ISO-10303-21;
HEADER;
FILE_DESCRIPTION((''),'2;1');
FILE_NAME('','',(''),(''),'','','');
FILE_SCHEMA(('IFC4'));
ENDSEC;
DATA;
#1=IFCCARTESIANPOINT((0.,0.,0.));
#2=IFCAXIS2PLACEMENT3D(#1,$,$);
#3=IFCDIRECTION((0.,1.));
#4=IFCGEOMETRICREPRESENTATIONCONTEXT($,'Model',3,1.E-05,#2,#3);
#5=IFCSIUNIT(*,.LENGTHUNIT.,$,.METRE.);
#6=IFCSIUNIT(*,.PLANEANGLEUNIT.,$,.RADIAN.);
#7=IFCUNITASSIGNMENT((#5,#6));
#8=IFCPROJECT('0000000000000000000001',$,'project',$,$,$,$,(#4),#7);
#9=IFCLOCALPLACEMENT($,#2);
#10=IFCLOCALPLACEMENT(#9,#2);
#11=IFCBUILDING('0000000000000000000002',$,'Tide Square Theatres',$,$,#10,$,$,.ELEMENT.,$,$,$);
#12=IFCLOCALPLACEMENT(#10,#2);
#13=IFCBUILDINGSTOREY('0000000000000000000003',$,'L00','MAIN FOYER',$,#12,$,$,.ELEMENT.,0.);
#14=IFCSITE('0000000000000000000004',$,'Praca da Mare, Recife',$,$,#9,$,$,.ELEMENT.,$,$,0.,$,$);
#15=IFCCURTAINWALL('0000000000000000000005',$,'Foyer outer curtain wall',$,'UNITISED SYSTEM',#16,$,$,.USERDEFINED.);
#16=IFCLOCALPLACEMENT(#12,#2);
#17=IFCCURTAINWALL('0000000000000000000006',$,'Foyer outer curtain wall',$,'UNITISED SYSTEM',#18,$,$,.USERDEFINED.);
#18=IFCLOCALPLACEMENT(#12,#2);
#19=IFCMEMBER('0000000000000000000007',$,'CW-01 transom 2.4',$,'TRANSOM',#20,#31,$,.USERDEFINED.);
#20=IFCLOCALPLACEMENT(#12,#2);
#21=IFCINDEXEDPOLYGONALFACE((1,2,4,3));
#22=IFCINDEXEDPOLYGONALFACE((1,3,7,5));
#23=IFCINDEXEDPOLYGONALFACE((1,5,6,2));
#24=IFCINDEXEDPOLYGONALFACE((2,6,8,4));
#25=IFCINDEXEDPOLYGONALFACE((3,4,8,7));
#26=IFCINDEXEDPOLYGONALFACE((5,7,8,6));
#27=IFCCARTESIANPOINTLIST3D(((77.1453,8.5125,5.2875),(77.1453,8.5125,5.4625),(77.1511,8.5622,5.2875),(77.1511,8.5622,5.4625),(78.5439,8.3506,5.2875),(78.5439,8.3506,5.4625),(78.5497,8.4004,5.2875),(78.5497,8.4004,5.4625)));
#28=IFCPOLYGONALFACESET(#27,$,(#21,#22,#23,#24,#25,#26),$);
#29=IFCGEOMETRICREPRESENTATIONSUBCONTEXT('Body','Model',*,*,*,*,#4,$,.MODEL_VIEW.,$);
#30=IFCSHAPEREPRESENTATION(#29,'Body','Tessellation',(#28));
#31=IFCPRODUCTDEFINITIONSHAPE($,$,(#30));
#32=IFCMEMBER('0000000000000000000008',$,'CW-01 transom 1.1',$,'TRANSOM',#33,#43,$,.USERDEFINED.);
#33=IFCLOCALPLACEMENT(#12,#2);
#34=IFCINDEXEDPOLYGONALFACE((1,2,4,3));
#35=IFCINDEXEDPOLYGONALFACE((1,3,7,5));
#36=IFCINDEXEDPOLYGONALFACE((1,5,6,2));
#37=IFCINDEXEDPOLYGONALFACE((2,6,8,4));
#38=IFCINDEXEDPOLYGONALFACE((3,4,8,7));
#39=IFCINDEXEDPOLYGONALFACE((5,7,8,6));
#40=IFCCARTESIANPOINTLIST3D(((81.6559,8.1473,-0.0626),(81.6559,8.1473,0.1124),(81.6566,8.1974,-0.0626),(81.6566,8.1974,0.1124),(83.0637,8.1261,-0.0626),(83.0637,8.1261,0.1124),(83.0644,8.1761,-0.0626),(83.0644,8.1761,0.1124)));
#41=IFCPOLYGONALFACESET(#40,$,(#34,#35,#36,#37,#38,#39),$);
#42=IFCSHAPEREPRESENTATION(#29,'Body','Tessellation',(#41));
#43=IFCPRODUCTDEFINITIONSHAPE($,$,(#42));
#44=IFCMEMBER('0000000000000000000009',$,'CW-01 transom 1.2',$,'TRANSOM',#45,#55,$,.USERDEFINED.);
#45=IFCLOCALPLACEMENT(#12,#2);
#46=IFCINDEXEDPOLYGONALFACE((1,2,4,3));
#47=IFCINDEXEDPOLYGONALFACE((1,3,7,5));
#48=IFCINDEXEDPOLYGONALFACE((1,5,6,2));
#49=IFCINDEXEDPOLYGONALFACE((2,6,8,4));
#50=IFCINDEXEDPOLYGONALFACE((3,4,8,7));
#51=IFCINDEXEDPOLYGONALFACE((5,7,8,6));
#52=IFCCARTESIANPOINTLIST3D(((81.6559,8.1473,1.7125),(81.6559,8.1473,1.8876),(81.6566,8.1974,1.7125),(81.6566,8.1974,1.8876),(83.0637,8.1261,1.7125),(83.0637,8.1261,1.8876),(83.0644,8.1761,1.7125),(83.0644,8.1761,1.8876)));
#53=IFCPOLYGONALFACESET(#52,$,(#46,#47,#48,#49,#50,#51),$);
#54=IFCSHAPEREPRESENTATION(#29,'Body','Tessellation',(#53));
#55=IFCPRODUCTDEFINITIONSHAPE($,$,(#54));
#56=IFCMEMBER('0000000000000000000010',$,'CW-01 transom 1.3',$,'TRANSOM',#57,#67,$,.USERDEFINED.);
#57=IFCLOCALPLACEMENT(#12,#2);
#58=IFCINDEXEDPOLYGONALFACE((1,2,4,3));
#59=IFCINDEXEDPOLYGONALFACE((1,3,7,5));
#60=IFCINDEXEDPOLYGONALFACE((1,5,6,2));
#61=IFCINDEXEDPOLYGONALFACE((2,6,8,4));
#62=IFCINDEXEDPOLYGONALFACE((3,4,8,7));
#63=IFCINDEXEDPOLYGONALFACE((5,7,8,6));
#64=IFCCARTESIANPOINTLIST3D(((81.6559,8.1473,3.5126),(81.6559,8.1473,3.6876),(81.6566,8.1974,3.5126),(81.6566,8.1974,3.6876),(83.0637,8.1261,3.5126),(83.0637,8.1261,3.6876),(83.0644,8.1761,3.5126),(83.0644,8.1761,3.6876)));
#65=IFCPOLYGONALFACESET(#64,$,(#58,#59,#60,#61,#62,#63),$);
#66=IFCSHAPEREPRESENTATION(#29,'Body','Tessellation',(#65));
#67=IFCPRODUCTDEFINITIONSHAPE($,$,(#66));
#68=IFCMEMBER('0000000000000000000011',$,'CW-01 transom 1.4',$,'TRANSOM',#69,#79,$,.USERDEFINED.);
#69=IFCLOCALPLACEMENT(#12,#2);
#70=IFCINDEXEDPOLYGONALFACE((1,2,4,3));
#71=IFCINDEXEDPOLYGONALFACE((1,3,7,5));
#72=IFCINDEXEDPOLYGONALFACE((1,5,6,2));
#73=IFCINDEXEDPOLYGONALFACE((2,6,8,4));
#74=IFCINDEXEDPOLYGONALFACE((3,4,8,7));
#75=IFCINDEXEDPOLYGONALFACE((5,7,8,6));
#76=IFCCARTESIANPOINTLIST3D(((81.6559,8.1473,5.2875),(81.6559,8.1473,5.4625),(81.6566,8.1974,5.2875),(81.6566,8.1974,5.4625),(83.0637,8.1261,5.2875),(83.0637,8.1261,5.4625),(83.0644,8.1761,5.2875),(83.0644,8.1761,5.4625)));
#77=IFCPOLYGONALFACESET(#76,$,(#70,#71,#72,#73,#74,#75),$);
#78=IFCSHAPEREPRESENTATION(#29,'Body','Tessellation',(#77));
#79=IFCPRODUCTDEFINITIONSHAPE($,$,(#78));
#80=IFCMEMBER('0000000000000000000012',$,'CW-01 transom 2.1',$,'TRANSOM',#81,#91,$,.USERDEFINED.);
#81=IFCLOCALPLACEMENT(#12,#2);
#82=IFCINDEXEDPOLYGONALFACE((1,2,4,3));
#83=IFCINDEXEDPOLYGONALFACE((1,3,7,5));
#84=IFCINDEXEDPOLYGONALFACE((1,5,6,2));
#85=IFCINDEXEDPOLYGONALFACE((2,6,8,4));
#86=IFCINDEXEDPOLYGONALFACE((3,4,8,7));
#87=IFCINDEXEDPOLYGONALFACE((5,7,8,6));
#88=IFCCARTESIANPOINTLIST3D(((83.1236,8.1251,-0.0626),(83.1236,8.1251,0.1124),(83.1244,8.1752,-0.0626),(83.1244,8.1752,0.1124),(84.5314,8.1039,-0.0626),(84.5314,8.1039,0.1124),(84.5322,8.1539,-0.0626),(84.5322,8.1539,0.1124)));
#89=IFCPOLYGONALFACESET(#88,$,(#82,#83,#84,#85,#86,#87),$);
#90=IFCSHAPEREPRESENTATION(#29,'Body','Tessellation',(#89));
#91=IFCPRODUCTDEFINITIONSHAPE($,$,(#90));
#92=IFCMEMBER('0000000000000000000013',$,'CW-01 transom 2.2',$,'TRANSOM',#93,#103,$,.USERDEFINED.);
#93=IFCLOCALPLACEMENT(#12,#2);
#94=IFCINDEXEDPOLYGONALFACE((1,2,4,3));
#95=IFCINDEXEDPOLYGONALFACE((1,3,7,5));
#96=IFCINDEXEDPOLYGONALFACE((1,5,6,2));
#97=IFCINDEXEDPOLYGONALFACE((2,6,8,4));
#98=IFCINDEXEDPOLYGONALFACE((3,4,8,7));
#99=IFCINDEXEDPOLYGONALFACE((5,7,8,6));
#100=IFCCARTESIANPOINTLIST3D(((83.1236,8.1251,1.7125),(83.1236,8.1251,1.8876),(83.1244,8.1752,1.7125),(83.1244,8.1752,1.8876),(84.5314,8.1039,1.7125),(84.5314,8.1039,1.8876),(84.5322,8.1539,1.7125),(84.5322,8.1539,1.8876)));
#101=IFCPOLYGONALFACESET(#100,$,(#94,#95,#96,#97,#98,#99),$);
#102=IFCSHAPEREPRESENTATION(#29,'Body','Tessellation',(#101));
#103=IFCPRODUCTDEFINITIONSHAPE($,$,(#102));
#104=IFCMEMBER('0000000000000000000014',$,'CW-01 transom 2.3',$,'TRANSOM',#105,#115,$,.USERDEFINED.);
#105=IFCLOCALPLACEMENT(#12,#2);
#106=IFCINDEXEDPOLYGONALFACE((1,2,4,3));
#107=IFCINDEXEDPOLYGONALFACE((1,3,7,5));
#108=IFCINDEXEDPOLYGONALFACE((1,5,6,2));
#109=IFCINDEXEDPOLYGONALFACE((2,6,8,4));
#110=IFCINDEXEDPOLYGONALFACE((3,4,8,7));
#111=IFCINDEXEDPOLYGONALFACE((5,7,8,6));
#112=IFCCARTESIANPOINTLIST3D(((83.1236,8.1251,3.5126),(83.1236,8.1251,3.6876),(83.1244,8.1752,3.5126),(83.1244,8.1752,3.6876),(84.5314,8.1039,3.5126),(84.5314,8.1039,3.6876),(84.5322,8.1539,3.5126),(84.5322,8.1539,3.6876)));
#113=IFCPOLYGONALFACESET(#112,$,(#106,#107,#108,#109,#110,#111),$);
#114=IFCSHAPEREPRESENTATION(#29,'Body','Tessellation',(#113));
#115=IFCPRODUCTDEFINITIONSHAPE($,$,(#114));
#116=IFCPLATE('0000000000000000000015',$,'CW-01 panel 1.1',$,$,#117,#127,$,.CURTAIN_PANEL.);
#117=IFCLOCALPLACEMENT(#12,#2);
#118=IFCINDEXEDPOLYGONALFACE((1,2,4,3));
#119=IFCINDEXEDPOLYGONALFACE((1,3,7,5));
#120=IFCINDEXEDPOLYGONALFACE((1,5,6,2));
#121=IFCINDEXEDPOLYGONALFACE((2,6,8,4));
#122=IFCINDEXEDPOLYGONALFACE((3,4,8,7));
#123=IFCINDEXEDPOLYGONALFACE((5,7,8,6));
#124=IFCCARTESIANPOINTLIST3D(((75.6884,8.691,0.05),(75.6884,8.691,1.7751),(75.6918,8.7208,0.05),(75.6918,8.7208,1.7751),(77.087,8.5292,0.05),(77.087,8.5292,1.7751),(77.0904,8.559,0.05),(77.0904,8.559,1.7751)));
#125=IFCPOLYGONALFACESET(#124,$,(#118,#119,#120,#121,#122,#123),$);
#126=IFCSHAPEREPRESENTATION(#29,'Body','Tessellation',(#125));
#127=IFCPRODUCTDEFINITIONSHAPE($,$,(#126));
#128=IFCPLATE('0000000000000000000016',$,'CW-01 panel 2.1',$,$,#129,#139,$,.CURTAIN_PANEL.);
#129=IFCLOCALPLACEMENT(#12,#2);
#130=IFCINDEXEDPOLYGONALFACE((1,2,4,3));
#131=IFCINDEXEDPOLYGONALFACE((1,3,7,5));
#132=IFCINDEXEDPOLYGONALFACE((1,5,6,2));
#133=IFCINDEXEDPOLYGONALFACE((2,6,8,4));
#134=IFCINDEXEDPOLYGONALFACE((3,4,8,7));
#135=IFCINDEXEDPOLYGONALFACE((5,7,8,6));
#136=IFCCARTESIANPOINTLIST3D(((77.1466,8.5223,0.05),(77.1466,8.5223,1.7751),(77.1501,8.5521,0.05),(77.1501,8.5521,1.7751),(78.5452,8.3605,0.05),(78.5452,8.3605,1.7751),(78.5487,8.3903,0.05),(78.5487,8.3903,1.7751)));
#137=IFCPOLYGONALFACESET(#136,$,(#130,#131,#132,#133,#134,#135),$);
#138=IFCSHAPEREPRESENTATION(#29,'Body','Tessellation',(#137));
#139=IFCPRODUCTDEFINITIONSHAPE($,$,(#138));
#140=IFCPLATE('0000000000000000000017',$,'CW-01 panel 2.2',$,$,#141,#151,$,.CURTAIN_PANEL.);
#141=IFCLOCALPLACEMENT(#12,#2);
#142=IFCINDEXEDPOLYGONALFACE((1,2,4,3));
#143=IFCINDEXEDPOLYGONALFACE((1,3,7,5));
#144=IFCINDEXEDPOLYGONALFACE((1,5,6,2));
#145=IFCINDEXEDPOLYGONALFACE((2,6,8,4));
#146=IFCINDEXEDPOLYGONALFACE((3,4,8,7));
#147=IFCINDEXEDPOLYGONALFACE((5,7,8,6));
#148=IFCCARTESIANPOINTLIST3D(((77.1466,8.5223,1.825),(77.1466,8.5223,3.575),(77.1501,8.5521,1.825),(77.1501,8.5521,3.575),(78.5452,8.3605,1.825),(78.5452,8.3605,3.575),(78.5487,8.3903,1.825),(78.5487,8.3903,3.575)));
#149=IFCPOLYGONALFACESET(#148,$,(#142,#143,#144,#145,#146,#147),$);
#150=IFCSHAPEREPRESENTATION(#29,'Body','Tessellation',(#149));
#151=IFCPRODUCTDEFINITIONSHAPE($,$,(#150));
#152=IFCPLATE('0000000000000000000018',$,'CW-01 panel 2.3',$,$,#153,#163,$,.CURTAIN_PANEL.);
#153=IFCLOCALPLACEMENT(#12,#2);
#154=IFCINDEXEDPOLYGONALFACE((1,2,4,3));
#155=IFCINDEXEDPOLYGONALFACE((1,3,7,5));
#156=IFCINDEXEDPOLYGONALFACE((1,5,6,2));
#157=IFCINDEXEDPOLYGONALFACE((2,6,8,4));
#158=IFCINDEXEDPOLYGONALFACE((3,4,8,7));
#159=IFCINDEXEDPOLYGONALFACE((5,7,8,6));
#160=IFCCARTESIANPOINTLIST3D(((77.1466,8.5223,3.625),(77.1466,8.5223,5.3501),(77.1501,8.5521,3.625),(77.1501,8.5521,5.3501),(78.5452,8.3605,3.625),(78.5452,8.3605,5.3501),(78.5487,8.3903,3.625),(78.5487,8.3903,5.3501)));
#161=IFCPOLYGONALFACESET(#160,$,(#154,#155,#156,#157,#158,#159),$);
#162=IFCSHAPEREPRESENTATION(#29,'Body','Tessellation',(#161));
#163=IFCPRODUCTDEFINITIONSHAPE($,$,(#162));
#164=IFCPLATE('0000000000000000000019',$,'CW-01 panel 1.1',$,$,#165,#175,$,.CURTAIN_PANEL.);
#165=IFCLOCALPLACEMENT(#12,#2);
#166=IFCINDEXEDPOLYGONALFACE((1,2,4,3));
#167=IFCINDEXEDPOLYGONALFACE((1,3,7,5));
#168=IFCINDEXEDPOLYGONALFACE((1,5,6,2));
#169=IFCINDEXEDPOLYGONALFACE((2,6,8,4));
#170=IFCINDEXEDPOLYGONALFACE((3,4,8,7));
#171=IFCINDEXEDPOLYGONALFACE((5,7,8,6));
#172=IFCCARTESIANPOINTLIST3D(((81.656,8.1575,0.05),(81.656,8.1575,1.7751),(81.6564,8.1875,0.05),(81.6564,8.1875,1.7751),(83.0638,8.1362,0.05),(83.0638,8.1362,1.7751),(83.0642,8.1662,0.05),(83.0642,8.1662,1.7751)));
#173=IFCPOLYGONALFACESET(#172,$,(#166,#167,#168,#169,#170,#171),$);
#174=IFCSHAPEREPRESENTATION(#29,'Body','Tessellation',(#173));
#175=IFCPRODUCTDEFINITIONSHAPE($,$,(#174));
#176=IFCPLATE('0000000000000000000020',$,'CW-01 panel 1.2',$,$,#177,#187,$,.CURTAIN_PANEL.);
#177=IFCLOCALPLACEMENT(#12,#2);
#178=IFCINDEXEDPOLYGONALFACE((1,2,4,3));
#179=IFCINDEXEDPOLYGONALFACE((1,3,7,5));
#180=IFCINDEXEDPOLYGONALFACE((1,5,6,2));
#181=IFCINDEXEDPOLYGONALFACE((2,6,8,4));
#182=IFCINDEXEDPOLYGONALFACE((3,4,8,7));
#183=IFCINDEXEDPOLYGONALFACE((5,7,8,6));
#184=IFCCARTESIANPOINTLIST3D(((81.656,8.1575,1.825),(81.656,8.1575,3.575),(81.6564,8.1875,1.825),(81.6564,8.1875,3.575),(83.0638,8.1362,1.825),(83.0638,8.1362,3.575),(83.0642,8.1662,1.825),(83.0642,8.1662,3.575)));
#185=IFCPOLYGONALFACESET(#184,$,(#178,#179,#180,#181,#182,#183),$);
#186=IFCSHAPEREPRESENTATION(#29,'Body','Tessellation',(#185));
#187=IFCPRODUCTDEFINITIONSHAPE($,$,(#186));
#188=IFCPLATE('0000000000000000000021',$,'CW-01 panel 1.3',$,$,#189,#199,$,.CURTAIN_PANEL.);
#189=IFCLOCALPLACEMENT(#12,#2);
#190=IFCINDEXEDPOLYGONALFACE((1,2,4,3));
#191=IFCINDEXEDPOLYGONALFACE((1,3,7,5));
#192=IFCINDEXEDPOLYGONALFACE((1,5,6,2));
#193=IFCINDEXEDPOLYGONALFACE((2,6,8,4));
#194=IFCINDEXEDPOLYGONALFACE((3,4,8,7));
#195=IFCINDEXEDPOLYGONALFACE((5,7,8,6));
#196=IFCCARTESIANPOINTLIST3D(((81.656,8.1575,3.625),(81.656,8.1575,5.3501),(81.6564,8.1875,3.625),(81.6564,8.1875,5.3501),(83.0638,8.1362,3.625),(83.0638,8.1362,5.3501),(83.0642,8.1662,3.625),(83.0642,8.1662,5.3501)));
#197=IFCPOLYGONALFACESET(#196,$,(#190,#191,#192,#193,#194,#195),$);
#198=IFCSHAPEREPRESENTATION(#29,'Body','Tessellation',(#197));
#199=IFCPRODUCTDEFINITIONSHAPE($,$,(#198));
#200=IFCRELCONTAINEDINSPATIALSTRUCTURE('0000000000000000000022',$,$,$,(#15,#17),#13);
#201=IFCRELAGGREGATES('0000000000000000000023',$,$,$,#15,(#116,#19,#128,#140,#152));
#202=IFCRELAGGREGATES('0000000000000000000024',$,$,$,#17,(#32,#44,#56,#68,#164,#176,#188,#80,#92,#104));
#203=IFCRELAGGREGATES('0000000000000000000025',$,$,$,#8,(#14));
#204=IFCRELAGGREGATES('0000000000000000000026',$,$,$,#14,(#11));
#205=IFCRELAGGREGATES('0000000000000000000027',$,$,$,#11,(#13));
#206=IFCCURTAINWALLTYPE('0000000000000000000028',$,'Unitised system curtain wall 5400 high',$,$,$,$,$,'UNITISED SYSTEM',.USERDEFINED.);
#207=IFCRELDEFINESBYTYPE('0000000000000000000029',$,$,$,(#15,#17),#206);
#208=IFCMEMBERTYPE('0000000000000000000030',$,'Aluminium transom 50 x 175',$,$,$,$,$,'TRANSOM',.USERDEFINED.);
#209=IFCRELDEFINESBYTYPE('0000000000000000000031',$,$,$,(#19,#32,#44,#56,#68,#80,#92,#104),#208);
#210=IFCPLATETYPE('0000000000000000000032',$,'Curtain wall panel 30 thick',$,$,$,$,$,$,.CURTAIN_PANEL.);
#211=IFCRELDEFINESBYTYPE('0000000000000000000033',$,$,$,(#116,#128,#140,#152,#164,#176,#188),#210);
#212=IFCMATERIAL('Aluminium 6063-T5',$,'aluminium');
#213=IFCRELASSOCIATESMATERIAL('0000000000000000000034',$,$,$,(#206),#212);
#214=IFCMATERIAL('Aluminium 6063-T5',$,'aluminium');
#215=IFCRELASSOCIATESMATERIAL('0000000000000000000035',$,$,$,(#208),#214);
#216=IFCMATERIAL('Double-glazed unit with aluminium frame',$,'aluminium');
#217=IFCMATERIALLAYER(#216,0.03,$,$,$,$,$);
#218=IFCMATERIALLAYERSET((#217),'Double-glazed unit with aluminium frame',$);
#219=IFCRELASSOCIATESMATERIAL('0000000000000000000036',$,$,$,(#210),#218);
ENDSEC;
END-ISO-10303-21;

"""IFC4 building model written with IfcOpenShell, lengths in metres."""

from ifc_helpers import new_model, si_unit, direction, frame, origin, origin_2d, place, context, subcontext, project, spatial, rectangle, extrude, material, layer, layer_set, material_profile, profile_set, type_object, element, aggregate, save


model = new_model("IFC4")

# Units and contexts
model_context = context("Model", 3, precision=1e-05, world=origin(), true_north=direction((0.0, 1.0)))
body_context = subcontext(model_context, "Body", "Model", "MODEL_VIEW")
ifc_project = project(units=[si_unit("LENGTHUNIT", "METRE"), si_unit("PLANEANGLEUNIT", "RADIAN")], contexts=[model_context])

# Site, building, storey
site_placement = place(None, origin())
site = spatial("IfcSite", under=ifc_project, at=site_placement, Name="Praca da Mare, Recife", CompositionType="ELEMENT", RefElevation=0.0)
building_placement = place(site_placement, origin())
building = spatial("IfcBuilding", under=site, at=building_placement, Name="Tide Square Theatres", CompositionType="ELEMENT")
storey_placement = place(building_placement, origin())
storey = spatial("IfcBuildingStorey", under=building, at=storey_placement, Name="L00", Description="MAIN FOYER", CompositionType="ELEMENT", Elevation=0.0)

# Curtain walls
ifc_material_1 = material(Name="Aluminium 6063-T5", Category="aluminium")
curtain_wall_type = type_object("IfcCurtainWallType", Name="Unitised system curtain wall 5400 high", ElementType="UNITISED SYSTEM", PredefinedType="USERDEFINED", material=ifc_material_1)
curtain_wall_1_placement = place(storey_placement, origin())
curtain_wall_1 = element("IfcCurtainWall", 1, at=curtain_wall_1_placement, inside=storey, type_object=curtain_wall_type, Name="Foyer outer curtain wall", ObjectType="UNITISED SYSTEM", PredefinedType="USERDEFINED")
curtain_wall_2_placement = place(storey_placement, origin())
curtain_wall_2 = element("IfcCurtainWall", 2, at=curtain_wall_2_placement, inside=storey, type_object=curtain_wall_type, Name="Foyer outer curtain wall", ObjectType="UNITISED SYSTEM", PredefinedType="USERDEFINED")

# Members
ifc_material_2 = material(Name="Aluminium 6063-T5", Category="aluminium")
ifc_material_profile_1 = material_profile(ifc_material_2, rectangle(XDim=0.05, YDim=0.175, at=origin_2d()))
ifc_profile_set_1 = profile_set([ifc_material_profile_1], Name="Aluminium 6063-T5")
member_type_1 = type_object("IfcMemberType", Name="Aluminium transom 50 x 175", ElementType="TRANSOM", PredefinedType="USERDEFINED", material=ifc_profile_set_1)
member_1_placement = place(storey_placement, frame((77.1482, 8.5374, 5.375), z_axis=(0.99337, -0.11496, 0.0), x_axis=(0.11496, 0.99337, 0.0)))
member_1 = element("IfcMember", 3, at=member_1_placement, type_object=member_type_1, Name="CW-01 transom 2.4", ObjectType="TRANSOM", PredefinedType="USERDEFINED", context=body_context, shape_type="SweptSolid", body=[
    extrude(rectangle(XDim=0.05, YDim=0.175, at=origin_2d()), origin(), (0.0, 0.0, 1.0), 1.408),
])
member_2_placement = place(storey_placement, frame((81.6562, 8.1724, 0.0249), z_axis=(0.999886, -0.015087, 0.0), x_axis=(0.015087, 0.999886, 0.0)))
member_2 = element("IfcMember", 4, at=member_2_placement, type_object=member_type_1, Name="CW-01 transom 1.1", ObjectType="TRANSOM", PredefinedType="USERDEFINED", context=body_context, shape_type="SweptSolid", body=[
    extrude(rectangle(XDim=0.05, YDim=0.175, at=origin_2d()), origin(), (0.0, 0.0, 1.0), 1.408),
])
member_3_placement = place(storey_placement, frame((81.6562, 8.1724, 1.8), z_axis=(0.999886, -0.015087, 0.0), x_axis=(0.015087, 0.999886, 0.0)))
member_3 = element("IfcMember", 5, at=member_3_placement, type_object=member_type_1, Name="CW-01 transom 1.2", ObjectType="TRANSOM", PredefinedType="USERDEFINED", context=body_context, shape_type="SweptSolid", body=[
    extrude(rectangle(XDim=0.05, YDim=0.175, at=origin_2d()), origin(), (0.0, 0.0, 1.0), 1.408),
])
member_4_placement = place(storey_placement, frame((81.6562, 8.1724, 3.6001), z_axis=(0.999886, -0.015087, 0.0), x_axis=(0.015087, 0.999886, 0.0)))
member_4 = element("IfcMember", 6, at=member_4_placement, type_object=member_type_1, Name="CW-01 transom 1.3", ObjectType="TRANSOM", PredefinedType="USERDEFINED", context=body_context, shape_type="SweptSolid", body=[
    extrude(rectangle(XDim=0.05, YDim=0.175, at=origin_2d()), origin(), (0.0, 0.0, 1.0), 1.408),
])
member_5_placement = place(storey_placement, frame((81.6562, 8.1724, 5.375), z_axis=(0.999886, -0.015087, 0.0), x_axis=(0.015087, 0.999886, 0.0)))
member_5 = element("IfcMember", 7, at=member_5_placement, type_object=member_type_1, Name="CW-01 transom 1.4", ObjectType="TRANSOM", PredefinedType="USERDEFINED", context=body_context, shape_type="SweptSolid", body=[
    extrude(rectangle(XDim=0.05, YDim=0.175, at=origin_2d()), origin(), (0.0, 0.0, 1.0), 1.408),
])
member_6_placement = place(storey_placement, frame((83.124, 8.1501, 0.0249), z_axis=(0.999886, -0.015087, 0.0), x_axis=(0.015087, 0.999886, 0.0)))
member_6 = element("IfcMember", 8, at=member_6_placement, type_object=member_type_1, Name="CW-01 transom 2.1", ObjectType="TRANSOM", PredefinedType="USERDEFINED", context=body_context, shape_type="SweptSolid", body=[
    extrude(rectangle(XDim=0.05, YDim=0.175, at=origin_2d()), origin(), (0.0, 0.0, 1.0), 1.408),
])
member_7_placement = place(storey_placement, frame((83.124, 8.1501, 1.8), z_axis=(0.999886, -0.015087, 0.0), x_axis=(0.015087, 0.999886, 0.0)))
member_7 = element("IfcMember", 9, at=member_7_placement, type_object=member_type_1, Name="CW-01 transom 2.2", ObjectType="TRANSOM", PredefinedType="USERDEFINED", context=body_context, shape_type="SweptSolid", body=[
    extrude(rectangle(XDim=0.05, YDim=0.175, at=origin_2d()), origin(), (0.0, 0.0, 1.0), 1.408),
])
member_8_placement = place(storey_placement, frame((83.124, 8.1501, 3.6001), z_axis=(0.999886, -0.015087, 0.0), x_axis=(0.015087, 0.999886, 0.0)))
member_8 = element("IfcMember", 10, at=member_8_placement, type_object=member_type_1, Name="CW-01 transom 2.3", ObjectType="TRANSOM", PredefinedType="USERDEFINED", context=body_context, shape_type="SweptSolid", body=[
    extrude(rectangle(XDim=0.05, YDim=0.175, at=origin_2d()), origin(), (0.0, 0.0, 1.0), 1.408),
])

# Plates
ifc_material_3 = material(Name="Double-glazed unit with aluminium frame", Category="aluminium")
ifc_layer_1 = layer(ifc_material_3, 0.03)
ifc_layer_set_1 = layer_set([ifc_layer_1], Name="Double-glazed unit with aluminium frame")
plate_type = type_object("IfcPlateType", Name="Curtain wall panel 30 thick", PredefinedType="CURTAIN_PANEL", material=ifc_layer_set_1)
plate_1_placement = place(storey_placement, frame((76.3894, 8.625, 0.05), z_axis=(0.0, 0.0, 1.0), x_axis=(0.993371, -0.114955, 0.0)))
plate_1 = element("IfcPlate", 11, at=plate_1_placement, type_object=plate_type, Name="CW-01 panel 1.1", PredefinedType="CURTAIN_PANEL", context=body_context, shape_type="SweptSolid", body=[
    extrude(rectangle(XDim=1.408, YDim=0.03, at=origin_2d()), origin(), (0.0, 0.0, 1.0), 1.7251),
])
plate_2_placement = place(storey_placement, frame((77.8477, 8.4563, 0.05), z_axis=(0.0, 0.0, 1.0), x_axis=(0.993371, -0.114955, 0.0)))
plate_2 = element("IfcPlate", 12, at=plate_2_placement, type_object=plate_type, Name="CW-01 panel 2.1", PredefinedType="CURTAIN_PANEL", context=body_context, shape_type="SweptSolid", body=[
    extrude(rectangle(XDim=1.408, YDim=0.03, at=origin_2d()), origin(), (0.0, 0.0, 1.0), 1.7251),
])
plate_3_placement = place(storey_placement, frame((77.8477, 8.4563, 1.825), z_axis=(0.0, 0.0, 1.0), x_axis=(0.993371, -0.114955, 0.0)))
plate_3 = element("IfcPlate", 13, at=plate_3_placement, type_object=plate_type, Name="CW-01 panel 2.2", PredefinedType="CURTAIN_PANEL", context=body_context, shape_type="SweptSolid", body=[
    extrude(rectangle(XDim=1.408, YDim=0.03, at=origin_2d()), origin(), (0.0, 0.0, 1.0), 1.75),
])
plate_4_placement = place(storey_placement, frame((77.8477, 8.4563, 3.625), z_axis=(0.0, 0.0, 1.0), x_axis=(0.993371, -0.114955, 0.0)))
plate_4 = element("IfcPlate", 14, at=plate_4_placement, type_object=plate_type, Name="CW-01 panel 2.3", PredefinedType="CURTAIN_PANEL", context=body_context, shape_type="SweptSolid", body=[
    extrude(rectangle(XDim=1.408, YDim=0.03, at=origin_2d()), origin(), (0.0, 0.0, 1.0), 1.7251),
])
aggregate(curtain_wall_1, [plate_1, member_1, plate_2, plate_3, plate_4])
plate_5_placement = place(storey_placement, frame((82.3601, 8.1619, 0.05), z_axis=(0.0, 0.0, 1.0), x_axis=(0.999886, -0.01512, 0.0)))
plate_5 = element("IfcPlate", 15, at=plate_5_placement, type_object=plate_type, Name="CW-01 panel 1.1", PredefinedType="CURTAIN_PANEL", context=body_context, shape_type="SweptSolid", body=[
    extrude(rectangle(XDim=1.408, YDim=0.03, at=origin_2d()), origin(), (0.0, 0.0, 1.0), 1.7251),
])
plate_6_placement = place(storey_placement, frame((82.3601, 8.1619, 1.825), z_axis=(0.0, 0.0, 1.0), x_axis=(0.999886, -0.01512, 0.0)))
plate_6 = element("IfcPlate", 16, at=plate_6_placement, type_object=plate_type, Name="CW-01 panel 1.2", PredefinedType="CURTAIN_PANEL", context=body_context, shape_type="SweptSolid", body=[
    extrude(rectangle(XDim=1.408, YDim=0.03, at=origin_2d()), origin(), (0.0, 0.0, 1.0), 1.75),
])
plate_7_placement = place(storey_placement, frame((82.3601, 8.1619, 3.625), z_axis=(0.0, 0.0, 1.0), x_axis=(0.999886, -0.01512, 0.0)))
plate_7 = element("IfcPlate", 17, at=plate_7_placement, type_object=plate_type, Name="CW-01 panel 1.3", PredefinedType="CURTAIN_PANEL", context=body_context, shape_type="SweptSolid", body=[
    extrude(rectangle(XDim=1.408, YDim=0.03, at=origin_2d()), origin(), (0.0, 0.0, 1.0), 1.7251),
])
aggregate(curtain_wall_2, [member_2, member_3, member_4, member_5, plate_5, plate_6, plate_7, member_6, member_7, member_8])

save(model, "model.ifc")
